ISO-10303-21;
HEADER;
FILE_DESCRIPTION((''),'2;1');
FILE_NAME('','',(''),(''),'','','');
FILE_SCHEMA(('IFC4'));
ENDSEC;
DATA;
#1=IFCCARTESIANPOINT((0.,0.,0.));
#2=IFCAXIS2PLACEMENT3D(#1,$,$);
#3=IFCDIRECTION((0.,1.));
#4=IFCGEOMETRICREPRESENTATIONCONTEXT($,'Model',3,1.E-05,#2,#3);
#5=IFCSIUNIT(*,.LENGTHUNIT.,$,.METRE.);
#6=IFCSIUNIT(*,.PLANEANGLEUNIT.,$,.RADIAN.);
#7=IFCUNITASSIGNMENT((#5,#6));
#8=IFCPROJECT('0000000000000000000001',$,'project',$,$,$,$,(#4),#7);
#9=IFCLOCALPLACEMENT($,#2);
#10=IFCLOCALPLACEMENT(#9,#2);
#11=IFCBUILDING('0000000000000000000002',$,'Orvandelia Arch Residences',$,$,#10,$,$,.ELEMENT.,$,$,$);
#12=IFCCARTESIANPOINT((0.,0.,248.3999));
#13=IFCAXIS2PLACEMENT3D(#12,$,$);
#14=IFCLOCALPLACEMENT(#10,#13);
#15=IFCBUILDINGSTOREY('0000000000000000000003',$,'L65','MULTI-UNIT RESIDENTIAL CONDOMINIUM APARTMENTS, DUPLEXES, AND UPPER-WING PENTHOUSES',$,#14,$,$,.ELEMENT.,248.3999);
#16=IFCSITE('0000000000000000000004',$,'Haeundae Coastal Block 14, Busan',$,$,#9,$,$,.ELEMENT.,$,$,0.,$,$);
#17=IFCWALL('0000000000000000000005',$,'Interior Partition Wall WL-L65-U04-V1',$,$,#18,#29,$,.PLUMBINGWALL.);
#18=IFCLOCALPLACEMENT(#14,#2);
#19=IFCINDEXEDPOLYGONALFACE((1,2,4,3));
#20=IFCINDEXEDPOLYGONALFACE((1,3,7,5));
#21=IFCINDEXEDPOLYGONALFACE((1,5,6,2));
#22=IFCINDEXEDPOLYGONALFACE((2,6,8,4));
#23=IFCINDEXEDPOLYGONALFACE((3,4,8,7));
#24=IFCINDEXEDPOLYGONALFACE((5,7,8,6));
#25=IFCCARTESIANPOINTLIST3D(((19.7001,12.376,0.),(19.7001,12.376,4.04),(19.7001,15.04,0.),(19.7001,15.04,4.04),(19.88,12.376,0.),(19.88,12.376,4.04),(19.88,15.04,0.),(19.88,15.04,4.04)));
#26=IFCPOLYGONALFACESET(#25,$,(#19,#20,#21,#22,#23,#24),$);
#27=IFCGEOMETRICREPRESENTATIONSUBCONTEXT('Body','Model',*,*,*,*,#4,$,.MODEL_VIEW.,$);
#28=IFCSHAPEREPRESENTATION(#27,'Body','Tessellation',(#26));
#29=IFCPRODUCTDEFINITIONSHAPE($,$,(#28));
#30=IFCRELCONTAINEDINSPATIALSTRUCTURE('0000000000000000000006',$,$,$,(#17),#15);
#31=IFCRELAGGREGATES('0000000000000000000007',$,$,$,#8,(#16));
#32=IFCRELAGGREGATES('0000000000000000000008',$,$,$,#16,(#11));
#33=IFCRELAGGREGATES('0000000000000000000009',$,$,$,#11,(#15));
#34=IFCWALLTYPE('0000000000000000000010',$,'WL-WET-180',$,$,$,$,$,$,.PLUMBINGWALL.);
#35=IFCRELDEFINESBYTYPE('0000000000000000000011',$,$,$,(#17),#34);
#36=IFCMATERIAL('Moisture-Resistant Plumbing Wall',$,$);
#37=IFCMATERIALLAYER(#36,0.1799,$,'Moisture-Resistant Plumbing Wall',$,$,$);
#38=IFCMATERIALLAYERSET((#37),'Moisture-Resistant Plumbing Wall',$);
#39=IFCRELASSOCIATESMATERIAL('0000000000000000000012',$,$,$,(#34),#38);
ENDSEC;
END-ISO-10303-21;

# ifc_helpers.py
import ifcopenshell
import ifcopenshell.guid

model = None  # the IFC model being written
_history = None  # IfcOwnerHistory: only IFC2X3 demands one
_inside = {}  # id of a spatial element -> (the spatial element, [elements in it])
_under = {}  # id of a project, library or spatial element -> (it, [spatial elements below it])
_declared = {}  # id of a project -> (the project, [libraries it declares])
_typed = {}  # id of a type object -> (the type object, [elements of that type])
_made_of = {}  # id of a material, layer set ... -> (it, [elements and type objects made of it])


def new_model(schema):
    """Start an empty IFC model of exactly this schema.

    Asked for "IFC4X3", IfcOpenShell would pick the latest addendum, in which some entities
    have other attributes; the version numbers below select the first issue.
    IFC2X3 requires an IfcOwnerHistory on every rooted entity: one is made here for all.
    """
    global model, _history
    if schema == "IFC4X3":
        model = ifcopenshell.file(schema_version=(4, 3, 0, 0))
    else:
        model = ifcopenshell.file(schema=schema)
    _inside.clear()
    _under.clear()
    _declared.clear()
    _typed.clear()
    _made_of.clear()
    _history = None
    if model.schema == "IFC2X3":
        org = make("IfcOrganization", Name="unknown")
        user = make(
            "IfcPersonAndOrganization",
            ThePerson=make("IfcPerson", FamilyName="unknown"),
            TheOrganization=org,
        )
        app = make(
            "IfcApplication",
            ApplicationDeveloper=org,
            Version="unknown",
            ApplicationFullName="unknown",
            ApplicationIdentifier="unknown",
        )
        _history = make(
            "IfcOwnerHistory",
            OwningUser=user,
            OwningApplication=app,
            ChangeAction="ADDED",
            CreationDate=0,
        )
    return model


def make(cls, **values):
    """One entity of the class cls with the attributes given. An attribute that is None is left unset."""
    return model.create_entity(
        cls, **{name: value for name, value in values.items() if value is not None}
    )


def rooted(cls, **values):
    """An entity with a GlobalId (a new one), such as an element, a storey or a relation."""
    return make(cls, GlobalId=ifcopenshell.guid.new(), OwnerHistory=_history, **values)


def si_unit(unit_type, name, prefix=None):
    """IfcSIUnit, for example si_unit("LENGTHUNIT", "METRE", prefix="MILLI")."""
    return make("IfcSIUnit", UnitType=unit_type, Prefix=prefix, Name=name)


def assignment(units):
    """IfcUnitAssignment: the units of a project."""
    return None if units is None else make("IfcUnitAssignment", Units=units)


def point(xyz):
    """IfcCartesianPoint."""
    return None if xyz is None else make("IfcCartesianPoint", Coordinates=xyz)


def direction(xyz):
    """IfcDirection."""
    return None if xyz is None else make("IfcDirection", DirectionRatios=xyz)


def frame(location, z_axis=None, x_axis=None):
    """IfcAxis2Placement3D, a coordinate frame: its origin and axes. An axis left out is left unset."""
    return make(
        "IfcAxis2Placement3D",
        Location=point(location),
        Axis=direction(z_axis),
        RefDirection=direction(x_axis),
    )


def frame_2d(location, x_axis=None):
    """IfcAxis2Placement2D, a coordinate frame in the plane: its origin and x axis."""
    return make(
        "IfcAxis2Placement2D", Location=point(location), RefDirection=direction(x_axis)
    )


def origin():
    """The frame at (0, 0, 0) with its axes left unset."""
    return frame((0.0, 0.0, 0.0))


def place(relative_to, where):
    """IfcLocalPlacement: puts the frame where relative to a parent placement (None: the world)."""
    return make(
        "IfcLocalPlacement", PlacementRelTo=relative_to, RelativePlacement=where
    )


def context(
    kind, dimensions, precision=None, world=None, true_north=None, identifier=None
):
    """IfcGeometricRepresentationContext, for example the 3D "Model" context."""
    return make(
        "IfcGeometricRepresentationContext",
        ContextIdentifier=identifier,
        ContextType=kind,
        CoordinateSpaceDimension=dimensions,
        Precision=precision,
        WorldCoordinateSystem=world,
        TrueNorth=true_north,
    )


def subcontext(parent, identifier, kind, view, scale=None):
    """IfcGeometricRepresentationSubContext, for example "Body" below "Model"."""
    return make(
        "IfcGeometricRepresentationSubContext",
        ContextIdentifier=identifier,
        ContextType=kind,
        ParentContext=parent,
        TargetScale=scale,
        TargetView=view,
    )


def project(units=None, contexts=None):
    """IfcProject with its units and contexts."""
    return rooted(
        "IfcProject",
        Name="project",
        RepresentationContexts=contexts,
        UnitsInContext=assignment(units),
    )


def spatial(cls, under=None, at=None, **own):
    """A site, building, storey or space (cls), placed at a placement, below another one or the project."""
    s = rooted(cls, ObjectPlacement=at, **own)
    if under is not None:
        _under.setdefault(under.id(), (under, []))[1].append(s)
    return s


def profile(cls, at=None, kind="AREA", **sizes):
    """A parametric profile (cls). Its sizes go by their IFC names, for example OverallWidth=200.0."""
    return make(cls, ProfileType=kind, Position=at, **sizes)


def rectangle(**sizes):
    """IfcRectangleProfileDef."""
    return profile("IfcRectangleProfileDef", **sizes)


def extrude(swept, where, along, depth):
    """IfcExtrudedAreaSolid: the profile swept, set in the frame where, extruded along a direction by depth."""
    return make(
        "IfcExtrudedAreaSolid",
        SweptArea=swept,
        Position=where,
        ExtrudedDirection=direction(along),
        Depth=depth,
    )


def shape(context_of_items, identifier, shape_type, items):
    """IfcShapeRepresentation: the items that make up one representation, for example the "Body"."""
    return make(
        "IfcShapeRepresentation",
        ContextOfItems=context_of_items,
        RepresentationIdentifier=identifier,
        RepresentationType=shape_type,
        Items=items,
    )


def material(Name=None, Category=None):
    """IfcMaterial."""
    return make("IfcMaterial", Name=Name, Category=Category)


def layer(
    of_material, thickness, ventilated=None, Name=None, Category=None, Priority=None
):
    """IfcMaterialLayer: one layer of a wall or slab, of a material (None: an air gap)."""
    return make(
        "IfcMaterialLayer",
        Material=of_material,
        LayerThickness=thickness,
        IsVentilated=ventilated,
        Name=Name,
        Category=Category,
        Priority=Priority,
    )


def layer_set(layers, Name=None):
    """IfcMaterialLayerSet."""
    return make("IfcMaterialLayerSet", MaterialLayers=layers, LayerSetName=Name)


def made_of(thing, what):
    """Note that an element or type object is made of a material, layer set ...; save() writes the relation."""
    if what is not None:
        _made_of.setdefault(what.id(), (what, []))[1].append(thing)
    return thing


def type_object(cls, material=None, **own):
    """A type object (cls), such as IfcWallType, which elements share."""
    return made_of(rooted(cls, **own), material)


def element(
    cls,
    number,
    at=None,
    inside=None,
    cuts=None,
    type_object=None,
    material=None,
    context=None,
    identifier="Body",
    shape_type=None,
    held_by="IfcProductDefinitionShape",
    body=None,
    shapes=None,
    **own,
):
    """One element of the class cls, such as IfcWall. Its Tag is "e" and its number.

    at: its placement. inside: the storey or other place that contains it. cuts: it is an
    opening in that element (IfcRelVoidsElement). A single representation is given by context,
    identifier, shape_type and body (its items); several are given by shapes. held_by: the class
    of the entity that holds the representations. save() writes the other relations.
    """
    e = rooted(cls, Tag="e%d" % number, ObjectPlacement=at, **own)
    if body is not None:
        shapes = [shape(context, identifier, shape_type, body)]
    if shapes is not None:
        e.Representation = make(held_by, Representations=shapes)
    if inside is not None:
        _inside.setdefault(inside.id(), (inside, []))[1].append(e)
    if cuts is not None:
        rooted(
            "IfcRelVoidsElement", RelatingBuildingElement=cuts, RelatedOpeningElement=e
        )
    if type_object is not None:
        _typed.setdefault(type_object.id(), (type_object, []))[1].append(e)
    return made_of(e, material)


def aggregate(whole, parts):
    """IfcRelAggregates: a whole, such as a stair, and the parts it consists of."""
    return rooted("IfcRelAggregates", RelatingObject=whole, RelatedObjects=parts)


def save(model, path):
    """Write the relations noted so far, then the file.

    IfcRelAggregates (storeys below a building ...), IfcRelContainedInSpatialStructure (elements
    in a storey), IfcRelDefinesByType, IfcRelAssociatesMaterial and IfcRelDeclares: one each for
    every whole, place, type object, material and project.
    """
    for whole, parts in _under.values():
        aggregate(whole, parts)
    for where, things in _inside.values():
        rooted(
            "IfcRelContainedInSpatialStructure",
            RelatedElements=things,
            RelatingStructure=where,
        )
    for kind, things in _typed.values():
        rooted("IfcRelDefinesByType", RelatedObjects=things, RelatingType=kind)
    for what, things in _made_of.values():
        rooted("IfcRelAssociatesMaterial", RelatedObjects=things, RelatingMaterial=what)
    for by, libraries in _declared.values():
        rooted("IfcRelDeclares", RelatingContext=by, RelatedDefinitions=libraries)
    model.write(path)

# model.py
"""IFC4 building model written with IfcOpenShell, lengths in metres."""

from ifc_helpers import new_model, si_unit, direction, frame, frame_2d, origin, place, context, subcontext, project, spatial, rectangle, extrude, material, layer, layer_set, type_object, element, save


model = new_model("IFC4")

# Units and contexts
model_context = context("Model", 3, precision=1e-05, world=origin(), true_north=direction((0.0, 1.0)))
body_context = subcontext(model_context, "Body", "Model", "MODEL_VIEW")
ifc_project = project(units=[si_unit("LENGTHUNIT", "METRE"), si_unit("PLANEANGLEUNIT", "RADIAN")], contexts=[model_context])

# Site, building, storey
site_placement = place(None, origin())
site = spatial("IfcSite", under=ifc_project, at=site_placement, Name="Haeundae Coastal Block 14, Busan", CompositionType="ELEMENT", RefElevation=0.0)
building_placement = place(site_placement, origin())
building = spatial("IfcBuilding", under=site, at=building_placement, Name="Orvandelia Arch Residences", CompositionType="ELEMENT")
storey_placement = place(building_placement, frame((0.0, 0.0, 248.3999)))
storey = spatial("IfcBuildingStorey", under=building, at=storey_placement, Name="L65", Description="MULTI-UNIT RESIDENTIAL CONDOMINIUM APARTMENTS, DUPLEXES, AND UPPER-WING PENTHOUSES", CompositionType="ELEMENT", Elevation=248.3999)

# Shared definitions
ifc_material_1 = material(Name="Moisture-Resistant Plumbing Wall")
ifc_layer_1 = layer(ifc_material_1, 0.1799, Name="Moisture-Resistant Plumbing Wall")
ifc_layer_set_1 = layer_set([ifc_layer_1], Name="Moisture-Resistant Plumbing Wall")
wall_type_1 = type_object("IfcWallType", Name="WL-WET-180", PredefinedType="PLUMBINGWALL", material=ifc_layer_set_1)

# Wall
wall_1_placement = place(storey_placement, frame((19.79, 12.376, 0.0), z_axis=(0.0, 0.0, 1.0), x_axis=(0.0, 1.0, 0.0)))
element("IfcWall", 1, at=wall_1_placement, inside=storey, type_object=wall_type_1, Name="Interior Partition Wall WL-L65-U04-V1", PredefinedType="PLUMBINGWALL", context=body_context, shape_type="SweptSolid", body=[
    extrude(rectangle(XDim=2.6641, YDim=0.1799, at=frame_2d((1.332, 0.0))), origin(), (0.0, 0.0, 1.0), 4.04),
])

save(model, "model.ifc")
